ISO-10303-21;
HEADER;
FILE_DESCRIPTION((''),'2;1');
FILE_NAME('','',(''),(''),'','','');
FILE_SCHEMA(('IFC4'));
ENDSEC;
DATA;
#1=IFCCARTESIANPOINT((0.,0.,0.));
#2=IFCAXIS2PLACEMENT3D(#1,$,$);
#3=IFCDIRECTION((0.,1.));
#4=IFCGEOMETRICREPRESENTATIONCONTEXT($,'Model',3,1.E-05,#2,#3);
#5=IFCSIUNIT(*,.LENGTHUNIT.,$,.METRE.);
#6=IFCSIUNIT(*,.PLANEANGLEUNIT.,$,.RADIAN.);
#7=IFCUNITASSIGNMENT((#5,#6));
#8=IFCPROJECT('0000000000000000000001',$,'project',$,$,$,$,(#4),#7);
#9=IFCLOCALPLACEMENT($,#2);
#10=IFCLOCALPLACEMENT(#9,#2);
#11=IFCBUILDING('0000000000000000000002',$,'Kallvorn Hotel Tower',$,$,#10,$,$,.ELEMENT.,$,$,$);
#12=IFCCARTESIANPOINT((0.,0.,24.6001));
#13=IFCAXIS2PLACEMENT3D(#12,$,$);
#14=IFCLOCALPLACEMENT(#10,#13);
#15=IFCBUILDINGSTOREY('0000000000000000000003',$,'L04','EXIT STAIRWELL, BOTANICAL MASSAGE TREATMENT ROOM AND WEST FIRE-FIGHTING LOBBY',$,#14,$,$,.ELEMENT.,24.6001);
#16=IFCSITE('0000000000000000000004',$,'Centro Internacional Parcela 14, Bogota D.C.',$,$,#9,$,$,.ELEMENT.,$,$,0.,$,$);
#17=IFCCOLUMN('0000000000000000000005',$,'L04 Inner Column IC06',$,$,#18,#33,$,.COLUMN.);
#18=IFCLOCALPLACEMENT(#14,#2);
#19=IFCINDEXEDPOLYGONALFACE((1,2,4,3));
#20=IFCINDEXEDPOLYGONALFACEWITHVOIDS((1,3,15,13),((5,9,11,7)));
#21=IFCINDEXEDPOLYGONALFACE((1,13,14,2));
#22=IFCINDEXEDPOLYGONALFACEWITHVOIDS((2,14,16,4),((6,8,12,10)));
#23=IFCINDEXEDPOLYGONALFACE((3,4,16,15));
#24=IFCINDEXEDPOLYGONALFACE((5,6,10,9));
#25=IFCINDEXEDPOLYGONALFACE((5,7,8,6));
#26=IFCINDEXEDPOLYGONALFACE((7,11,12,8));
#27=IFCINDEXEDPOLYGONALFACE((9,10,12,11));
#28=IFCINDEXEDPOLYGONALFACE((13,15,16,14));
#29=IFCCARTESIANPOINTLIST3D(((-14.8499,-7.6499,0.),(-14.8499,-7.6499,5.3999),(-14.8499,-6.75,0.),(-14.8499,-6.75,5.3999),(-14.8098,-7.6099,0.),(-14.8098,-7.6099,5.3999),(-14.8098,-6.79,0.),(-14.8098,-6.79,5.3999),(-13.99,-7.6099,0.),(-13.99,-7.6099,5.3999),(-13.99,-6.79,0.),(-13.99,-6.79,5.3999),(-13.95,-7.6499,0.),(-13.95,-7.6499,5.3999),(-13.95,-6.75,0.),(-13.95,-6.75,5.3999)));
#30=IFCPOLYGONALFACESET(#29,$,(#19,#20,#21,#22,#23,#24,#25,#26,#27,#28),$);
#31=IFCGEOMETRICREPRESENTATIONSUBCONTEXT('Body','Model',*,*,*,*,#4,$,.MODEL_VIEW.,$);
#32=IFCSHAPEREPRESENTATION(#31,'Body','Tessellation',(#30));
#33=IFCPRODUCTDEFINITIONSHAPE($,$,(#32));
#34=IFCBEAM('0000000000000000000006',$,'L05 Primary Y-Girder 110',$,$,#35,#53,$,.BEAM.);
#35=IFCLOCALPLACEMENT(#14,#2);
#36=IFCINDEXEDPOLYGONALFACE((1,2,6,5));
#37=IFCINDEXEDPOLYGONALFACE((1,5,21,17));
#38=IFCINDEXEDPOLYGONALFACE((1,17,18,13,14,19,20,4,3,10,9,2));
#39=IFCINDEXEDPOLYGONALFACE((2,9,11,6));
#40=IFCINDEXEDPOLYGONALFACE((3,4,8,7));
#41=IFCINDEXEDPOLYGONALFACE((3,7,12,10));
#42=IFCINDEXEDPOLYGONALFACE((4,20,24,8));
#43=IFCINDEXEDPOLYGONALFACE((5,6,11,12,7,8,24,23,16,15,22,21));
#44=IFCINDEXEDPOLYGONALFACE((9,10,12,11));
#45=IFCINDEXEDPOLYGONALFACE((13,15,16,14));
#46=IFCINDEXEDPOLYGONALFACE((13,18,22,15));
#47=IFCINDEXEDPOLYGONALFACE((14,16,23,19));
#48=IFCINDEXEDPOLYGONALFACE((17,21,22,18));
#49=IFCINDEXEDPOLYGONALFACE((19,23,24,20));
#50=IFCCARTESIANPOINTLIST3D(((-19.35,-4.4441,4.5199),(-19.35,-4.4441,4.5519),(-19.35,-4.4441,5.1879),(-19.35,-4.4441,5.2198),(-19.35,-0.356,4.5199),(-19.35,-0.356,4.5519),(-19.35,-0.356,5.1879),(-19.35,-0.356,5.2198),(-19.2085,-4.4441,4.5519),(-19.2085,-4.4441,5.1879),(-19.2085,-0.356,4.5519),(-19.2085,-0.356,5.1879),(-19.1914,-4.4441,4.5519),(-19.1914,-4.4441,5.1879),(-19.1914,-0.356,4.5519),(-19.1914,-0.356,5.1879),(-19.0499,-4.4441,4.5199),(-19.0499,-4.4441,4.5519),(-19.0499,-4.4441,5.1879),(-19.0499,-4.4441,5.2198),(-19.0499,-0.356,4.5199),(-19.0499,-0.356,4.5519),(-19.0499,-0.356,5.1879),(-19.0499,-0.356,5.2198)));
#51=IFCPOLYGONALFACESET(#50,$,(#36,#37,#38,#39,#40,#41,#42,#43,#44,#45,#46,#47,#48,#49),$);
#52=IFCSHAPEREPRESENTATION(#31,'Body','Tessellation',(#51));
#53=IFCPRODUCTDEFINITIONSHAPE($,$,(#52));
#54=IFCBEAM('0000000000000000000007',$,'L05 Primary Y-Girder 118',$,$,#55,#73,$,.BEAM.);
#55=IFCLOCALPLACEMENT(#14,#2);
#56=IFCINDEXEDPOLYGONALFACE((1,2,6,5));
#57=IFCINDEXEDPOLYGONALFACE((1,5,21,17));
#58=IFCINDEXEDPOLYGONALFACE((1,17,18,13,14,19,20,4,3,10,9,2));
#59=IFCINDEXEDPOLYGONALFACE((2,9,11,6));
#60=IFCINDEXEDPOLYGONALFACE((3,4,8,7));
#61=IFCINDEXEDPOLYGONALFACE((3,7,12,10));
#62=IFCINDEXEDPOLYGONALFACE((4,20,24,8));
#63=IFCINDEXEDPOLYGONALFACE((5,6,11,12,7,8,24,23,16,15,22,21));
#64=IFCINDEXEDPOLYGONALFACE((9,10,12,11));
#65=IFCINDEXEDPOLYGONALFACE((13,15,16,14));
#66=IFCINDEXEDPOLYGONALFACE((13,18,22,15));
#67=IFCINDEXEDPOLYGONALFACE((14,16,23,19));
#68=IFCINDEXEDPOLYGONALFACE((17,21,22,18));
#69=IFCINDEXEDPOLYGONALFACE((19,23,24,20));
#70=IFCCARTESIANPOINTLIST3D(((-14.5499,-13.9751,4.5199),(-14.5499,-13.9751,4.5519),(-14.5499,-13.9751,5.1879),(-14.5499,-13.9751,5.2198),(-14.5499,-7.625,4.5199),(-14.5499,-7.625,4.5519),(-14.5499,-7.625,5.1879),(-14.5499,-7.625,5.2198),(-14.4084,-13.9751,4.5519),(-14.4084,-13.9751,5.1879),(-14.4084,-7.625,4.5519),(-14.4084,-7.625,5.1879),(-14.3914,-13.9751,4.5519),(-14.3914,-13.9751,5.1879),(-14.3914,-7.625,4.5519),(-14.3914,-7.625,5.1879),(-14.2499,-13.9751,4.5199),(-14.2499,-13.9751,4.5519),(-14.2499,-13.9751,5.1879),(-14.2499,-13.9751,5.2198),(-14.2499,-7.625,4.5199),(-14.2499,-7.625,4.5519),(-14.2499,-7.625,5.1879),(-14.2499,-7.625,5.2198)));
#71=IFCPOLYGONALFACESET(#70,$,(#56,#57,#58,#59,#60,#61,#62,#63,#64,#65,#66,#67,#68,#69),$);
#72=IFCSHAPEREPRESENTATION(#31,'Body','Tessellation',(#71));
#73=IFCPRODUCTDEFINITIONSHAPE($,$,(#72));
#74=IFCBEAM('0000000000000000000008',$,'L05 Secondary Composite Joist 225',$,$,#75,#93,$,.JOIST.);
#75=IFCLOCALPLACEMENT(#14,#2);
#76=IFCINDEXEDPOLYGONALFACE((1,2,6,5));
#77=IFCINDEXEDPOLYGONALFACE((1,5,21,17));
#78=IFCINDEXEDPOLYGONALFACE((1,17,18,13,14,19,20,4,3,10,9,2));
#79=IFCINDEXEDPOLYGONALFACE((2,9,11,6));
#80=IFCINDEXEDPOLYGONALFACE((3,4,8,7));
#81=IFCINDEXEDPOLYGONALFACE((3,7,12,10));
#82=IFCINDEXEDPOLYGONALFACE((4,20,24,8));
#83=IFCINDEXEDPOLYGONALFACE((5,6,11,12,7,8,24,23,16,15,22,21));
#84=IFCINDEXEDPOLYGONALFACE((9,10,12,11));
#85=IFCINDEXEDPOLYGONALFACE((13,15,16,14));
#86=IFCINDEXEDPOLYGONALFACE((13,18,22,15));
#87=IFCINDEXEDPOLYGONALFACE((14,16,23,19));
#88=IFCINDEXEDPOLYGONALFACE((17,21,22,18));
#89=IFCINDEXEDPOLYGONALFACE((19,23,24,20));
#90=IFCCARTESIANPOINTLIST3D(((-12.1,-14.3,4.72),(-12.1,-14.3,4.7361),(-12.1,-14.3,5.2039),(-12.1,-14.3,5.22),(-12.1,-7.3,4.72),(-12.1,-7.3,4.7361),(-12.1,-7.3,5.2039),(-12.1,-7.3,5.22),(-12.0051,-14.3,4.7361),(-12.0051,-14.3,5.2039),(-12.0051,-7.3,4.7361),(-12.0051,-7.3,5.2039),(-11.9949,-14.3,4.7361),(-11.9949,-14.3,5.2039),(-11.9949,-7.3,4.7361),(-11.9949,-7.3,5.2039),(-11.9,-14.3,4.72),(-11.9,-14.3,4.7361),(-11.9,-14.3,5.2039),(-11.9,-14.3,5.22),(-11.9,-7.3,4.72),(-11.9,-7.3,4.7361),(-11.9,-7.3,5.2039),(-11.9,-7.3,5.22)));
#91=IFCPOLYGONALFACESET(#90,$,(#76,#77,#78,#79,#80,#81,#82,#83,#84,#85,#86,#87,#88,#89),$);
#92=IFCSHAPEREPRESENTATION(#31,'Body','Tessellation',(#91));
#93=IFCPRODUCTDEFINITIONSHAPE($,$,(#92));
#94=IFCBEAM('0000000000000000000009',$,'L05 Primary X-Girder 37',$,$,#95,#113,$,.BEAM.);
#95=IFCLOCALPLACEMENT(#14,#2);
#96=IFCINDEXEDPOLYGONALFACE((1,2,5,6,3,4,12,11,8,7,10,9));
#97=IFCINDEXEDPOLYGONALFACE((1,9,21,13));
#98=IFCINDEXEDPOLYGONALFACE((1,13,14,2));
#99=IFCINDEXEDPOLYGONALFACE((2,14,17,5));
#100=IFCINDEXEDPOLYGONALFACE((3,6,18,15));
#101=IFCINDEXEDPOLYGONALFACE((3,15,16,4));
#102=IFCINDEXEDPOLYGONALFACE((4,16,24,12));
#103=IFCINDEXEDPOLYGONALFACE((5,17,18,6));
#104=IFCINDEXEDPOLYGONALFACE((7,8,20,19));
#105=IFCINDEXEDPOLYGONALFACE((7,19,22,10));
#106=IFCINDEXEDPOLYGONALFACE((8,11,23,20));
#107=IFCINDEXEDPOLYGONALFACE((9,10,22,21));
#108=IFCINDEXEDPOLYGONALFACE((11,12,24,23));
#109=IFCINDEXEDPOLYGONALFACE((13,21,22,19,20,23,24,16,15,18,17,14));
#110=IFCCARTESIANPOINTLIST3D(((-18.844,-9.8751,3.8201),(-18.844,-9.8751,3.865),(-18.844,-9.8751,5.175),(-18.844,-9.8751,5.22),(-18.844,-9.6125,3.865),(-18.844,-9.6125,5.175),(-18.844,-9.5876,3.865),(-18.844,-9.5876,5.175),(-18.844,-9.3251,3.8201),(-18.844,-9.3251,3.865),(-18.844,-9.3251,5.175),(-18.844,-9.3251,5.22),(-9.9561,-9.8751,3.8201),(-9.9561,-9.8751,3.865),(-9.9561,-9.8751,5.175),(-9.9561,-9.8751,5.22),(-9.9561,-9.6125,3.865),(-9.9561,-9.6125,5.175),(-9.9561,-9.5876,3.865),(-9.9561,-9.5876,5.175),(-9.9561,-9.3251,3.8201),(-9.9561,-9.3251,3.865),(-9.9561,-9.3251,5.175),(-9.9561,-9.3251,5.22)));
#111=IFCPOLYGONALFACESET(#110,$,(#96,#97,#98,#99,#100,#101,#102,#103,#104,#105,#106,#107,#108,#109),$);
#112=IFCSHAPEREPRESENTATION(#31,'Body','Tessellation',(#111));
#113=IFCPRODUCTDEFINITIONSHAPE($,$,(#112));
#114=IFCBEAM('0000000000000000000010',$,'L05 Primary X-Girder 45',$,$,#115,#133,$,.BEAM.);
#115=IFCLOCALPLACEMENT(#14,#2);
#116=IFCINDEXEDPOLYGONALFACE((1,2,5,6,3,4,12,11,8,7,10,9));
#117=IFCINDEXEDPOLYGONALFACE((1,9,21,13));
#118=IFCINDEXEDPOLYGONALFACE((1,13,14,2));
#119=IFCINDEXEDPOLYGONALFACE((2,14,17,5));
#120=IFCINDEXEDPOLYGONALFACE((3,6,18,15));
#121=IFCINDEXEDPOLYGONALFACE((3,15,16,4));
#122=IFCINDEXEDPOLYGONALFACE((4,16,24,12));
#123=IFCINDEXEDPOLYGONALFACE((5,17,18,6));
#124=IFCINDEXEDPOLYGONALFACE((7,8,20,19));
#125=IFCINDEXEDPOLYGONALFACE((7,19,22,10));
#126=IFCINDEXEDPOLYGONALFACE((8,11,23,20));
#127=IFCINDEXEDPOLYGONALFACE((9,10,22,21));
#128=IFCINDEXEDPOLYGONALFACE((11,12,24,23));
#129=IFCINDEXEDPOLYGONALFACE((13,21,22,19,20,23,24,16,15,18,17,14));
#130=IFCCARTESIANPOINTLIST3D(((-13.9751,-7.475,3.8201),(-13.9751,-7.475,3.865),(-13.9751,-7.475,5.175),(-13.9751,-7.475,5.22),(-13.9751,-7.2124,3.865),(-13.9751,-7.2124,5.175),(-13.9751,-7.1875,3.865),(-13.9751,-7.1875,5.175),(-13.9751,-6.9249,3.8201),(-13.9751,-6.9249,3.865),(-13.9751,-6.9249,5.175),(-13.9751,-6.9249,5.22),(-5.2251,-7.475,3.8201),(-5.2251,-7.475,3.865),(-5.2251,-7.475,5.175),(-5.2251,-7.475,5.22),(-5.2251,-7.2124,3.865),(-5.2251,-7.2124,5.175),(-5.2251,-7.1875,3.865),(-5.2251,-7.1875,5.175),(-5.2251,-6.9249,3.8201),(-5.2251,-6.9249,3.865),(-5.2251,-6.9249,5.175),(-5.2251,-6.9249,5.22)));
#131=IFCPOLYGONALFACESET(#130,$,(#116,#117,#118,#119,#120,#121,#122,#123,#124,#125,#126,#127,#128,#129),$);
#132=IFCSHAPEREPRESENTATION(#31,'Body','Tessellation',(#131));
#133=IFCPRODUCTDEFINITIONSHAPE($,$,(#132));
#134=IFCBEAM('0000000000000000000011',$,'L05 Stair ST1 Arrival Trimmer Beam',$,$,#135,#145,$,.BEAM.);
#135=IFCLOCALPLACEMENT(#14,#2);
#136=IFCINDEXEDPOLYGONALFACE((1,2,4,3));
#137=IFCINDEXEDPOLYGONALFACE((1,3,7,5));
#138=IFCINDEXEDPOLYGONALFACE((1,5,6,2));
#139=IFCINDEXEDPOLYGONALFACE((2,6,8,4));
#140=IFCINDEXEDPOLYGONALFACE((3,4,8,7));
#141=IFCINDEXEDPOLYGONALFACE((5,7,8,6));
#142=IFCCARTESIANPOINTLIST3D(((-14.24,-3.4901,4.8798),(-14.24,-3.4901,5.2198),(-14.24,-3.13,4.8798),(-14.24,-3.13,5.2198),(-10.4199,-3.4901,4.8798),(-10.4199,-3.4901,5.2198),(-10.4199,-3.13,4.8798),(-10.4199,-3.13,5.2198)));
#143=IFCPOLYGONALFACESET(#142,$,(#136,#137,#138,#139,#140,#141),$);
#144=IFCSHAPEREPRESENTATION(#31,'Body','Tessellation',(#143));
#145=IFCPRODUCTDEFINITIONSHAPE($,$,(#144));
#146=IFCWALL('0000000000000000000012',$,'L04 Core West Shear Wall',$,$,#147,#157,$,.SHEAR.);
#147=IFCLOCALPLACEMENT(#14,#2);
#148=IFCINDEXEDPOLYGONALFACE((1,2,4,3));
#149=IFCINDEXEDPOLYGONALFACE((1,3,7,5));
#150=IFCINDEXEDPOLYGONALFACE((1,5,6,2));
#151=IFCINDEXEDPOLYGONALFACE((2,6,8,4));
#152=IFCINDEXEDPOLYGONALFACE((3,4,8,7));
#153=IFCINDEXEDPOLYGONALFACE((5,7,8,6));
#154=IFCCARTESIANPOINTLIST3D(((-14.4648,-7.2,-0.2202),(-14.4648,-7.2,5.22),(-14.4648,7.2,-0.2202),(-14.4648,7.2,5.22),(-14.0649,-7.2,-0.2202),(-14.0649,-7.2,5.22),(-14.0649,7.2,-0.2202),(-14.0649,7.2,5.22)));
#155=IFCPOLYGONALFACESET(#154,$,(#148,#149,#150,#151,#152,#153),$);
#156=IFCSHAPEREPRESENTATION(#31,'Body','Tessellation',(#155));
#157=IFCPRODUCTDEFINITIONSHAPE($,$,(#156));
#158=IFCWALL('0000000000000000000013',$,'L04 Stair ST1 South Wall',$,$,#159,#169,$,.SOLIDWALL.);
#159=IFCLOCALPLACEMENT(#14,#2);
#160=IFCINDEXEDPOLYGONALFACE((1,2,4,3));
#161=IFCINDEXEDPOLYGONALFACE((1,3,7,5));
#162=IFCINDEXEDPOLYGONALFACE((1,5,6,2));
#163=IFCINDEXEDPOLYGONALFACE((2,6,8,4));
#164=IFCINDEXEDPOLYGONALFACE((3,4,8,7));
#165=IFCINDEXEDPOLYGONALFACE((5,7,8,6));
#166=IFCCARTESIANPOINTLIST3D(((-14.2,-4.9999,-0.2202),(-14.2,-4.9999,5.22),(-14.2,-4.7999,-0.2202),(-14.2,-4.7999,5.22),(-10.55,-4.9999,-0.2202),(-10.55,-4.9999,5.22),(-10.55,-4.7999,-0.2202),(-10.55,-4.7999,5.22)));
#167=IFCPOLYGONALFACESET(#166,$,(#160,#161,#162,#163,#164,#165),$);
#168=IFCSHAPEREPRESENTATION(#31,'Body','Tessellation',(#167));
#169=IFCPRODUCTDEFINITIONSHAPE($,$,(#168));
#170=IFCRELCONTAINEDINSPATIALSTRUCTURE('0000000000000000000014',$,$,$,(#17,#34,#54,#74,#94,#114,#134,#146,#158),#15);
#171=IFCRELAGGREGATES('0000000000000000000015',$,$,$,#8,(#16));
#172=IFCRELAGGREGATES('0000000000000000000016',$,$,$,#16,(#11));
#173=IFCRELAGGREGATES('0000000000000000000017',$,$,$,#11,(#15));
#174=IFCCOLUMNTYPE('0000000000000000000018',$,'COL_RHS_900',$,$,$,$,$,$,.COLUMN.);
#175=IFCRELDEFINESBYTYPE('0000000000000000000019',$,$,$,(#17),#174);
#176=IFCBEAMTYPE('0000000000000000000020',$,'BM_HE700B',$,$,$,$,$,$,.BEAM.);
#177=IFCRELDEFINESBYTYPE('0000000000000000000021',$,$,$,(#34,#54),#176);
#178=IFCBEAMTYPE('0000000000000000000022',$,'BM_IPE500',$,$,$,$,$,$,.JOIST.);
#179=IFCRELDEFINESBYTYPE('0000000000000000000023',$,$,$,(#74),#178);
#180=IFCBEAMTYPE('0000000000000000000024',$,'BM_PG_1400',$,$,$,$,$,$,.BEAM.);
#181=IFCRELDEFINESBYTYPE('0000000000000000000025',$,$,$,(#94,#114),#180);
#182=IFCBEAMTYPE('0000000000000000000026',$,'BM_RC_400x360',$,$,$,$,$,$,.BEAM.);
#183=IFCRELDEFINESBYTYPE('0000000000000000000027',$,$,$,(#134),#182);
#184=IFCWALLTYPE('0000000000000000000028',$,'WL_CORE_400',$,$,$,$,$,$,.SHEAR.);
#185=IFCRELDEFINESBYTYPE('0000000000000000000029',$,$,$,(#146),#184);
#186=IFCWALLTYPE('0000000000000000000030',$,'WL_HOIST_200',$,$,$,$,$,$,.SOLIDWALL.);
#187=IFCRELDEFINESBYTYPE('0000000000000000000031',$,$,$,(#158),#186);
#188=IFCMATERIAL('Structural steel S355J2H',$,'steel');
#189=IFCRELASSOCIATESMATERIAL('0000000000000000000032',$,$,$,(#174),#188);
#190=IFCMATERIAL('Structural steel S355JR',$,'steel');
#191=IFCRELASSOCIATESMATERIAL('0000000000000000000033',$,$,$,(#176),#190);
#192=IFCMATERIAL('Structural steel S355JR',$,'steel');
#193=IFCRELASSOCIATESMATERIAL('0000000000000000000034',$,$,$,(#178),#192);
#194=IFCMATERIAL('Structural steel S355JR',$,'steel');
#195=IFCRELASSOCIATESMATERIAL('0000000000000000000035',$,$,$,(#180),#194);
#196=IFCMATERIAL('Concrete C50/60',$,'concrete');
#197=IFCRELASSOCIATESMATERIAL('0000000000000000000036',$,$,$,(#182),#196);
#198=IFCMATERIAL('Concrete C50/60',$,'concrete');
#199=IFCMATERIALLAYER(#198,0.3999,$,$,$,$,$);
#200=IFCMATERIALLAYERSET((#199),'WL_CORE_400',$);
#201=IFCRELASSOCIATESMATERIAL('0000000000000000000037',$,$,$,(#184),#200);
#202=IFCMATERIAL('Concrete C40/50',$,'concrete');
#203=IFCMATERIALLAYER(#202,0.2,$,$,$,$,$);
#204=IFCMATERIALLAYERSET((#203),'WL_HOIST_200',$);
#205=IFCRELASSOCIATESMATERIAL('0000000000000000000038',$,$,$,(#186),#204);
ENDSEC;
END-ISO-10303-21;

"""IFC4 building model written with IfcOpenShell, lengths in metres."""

from ifc_helpers import new_model, si_unit, direction, frame, frame_2d, origin, origin_2d, place, context, subcontext, project, spatial, rectangle, hollow_rectangle, i_section, extrude, material, layer, layer_set, material_profile, profile_set, type_object, element, save


model = new_model("IFC4")

# Units and contexts
model_context = context("Model", 3, precision=1e-05, world=origin(), true_north=direction((0.0, 1.0)))
body_context = subcontext(model_context, "Body", "Model", "MODEL_VIEW")
ifc_project = project(units=[si_unit("LENGTHUNIT", "METRE"), si_unit("PLANEANGLEUNIT", "RADIAN")], contexts=[model_context])

# Site, building, storey
site_placement = place(None, origin())
site = spatial("IfcSite", under=ifc_project, at=site_placement, Name="Centro Internacional Parcela 14, Bogota D.C.", CompositionType="ELEMENT", RefElevation=0.0)
building_placement = place(site_placement, origin())
building = spatial("IfcBuilding", under=site, at=building_placement, Name="Kallvorn Hotel Tower", CompositionType="ELEMENT")
storey_placement = place(building_placement, frame((0.0, 0.0, 24.6001)))
storey = spatial("IfcBuildingStorey", under=building, at=storey_placement, Name="L04", Description="EXIT STAIRWELL, BOTANICAL MASSAGE TREATMENT ROOM AND WEST FIRE-FIGHTING LOBBY", CompositionType="ELEMENT", Elevation=24.6001)

# Column
ifc_material_1 = material(Name="Structural steel S355J2H", Category="steel")
ifc_material_profile_1 = material_profile(ifc_material_1, hollow_rectangle(XDim=0.8999, YDim=0.8999, WallThickness=0.04, at=origin_2d()), Name="RHS 900x900x40")
ifc_profile_set_1 = profile_set([ifc_material_profile_1], Name="Structural steel S355J2H")
column_type = type_object("IfcColumnType", Name="COL_RHS_900", PredefinedType="COLUMN", material=ifc_profile_set_1)
column_placement = place(storey_placement, frame((-14.3999, -7.2, 0.0), z_axis=(0.0, 0.0, 1.0), x_axis=(1.0, 0.0, 0.0)))
element("IfcColumn", 1, at=column_placement, inside=storey, type_object=column_type, Name="L04 Inner Column IC06", PredefinedType="COLUMN", context=body_context, shape_type="SweptSolid", body=[
    extrude(hollow_rectangle(XDim=0.8999, YDim=0.8999, WallThickness=0.04, at=origin_2d()), origin(), (0.0, 0.0, 1.0), 5.3999),
])

# Beams
ifc_material_2 = material(Name="Structural steel S355JR", Category="steel")
ifc_material_profile_2 = material_profile(ifc_material_2, i_section(OverallWidth=0.3, OverallDepth=0.7, WebThickness=0.0171, FlangeThickness=0.032, at=origin_2d()), Name="HE 700 B")
ifc_profile_set_2 = profile_set([ifc_material_profile_2], Name="Structural steel S355JR")
beam_type_1 = type_object("IfcBeamType", Name="BM_HE700B", PredefinedType="BEAM", material=ifc_profile_set_2)
beam_1_placement = place(storey_placement, frame((-19.2, -4.4441, 4.8699), z_axis=(0.0, 1.0, 0.0), x_axis=(-1.0, 0.0, 0.0)))
element("IfcBeam", 2, at=beam_1_placement, inside=storey, type_object=beam_type_1, Name="L05 Primary Y-Girder 110", PredefinedType="BEAM", context=body_context, shape_type="SweptSolid", body=[
    extrude(i_section(OverallWidth=0.3, OverallDepth=0.7, WebThickness=0.0171, FlangeThickness=0.032, at=origin_2d()), origin(), (0.0, 0.0, 1.0), 4.0881),
])
beam_2_placement = place(storey_placement, frame((-14.3999, -13.9751, 4.8699), z_axis=(0.0, 1.0, 0.0), x_axis=(-1.0, 0.0, 0.0)))
element("IfcBeam", 3, at=beam_2_placement, inside=storey, type_object=beam_type_1, Name="L05 Primary Y-Girder 118", PredefinedType="BEAM", context=body_context, shape_type="SweptSolid", body=[
    extrude(i_section(OverallWidth=0.3, OverallDepth=0.7, WebThickness=0.0171, FlangeThickness=0.032, at=origin_2d()), origin(), (0.0, 0.0, 1.0), 6.3501),
])
ifc_material_3 = material(Name="Structural steel S355JR", Category="steel")
ifc_material_profile_3 = material_profile(ifc_material_3, i_section(OverallWidth=0.2, OverallDepth=0.5, WebThickness=0.0103, FlangeThickness=0.0161, at=origin_2d()), Name="IPE 500")
ifc_profile_set_3 = profile_set([ifc_material_profile_3], Name="Structural steel S355JR")
beam_type_2 = type_object("IfcBeamType", Name="BM_IPE500", PredefinedType="JOIST", material=ifc_profile_set_3)
beam_3_placement = place(storey_placement, frame((-12.0, -14.3, 4.97), z_axis=(0.0, 1.0, 0.0), x_axis=(-1.0, 0.0, 0.0)))
element("IfcBeam", 4, at=beam_3_placement, inside=storey, type_object=beam_type_2, Name="L05 Secondary Composite Joist 225", PredefinedType="JOIST", context=body_context, shape_type="SweptSolid", body=[
    extrude(i_section(OverallWidth=0.2, OverallDepth=0.5, WebThickness=0.0103, FlangeThickness=0.0161, at=origin_2d()), origin(), (0.0, 0.0, 1.0), 7.0),
])
ifc_material_4 = material(Name="Structural steel S355JR", Category="steel")
ifc_material_profile_4 = material_profile(ifc_material_4, i_section(OverallWidth=0.55, OverallDepth=1.3999, WebThickness=0.0249, FlangeThickness=0.0449, at=origin_2d()), Name="PG 1400x550x25x45")
ifc_profile_set_4 = profile_set([ifc_material_profile_4], Name="Structural steel S355JR")
beam_type_3 = type_object("IfcBeamType", Name="BM_PG_1400", PredefinedType="BEAM", material=ifc_profile_set_4)
beam_4_placement = place(storey_placement, frame((-18.844, -9.6001, 4.52), z_axis=(1.0, 0.0, 0.0), x_axis=(0.0, 1.0, 0.0)))
element("IfcBeam", 5, at=beam_4_placement, inside=storey, type_object=beam_type_3, Name="L05 Primary X-Girder 37", PredefinedType="BEAM", context=body_context, shape_type="SweptSolid", body=[
    extrude(i_section(OverallWidth=0.55, OverallDepth=1.3999, WebThickness=0.0249, FlangeThickness=0.0449, at=origin_2d()), origin(), (0.0, 0.0, 1.0), 8.8879),
])
beam_5_placement = place(storey_placement, frame((-13.9751, -7.2, 4.52), z_axis=(1.0, 0.0, 0.0), x_axis=(0.0, 1.0, 0.0)))
element("IfcBeam", 6, at=beam_5_placement, inside=storey, type_object=beam_type_3, Name="L05 Primary X-Girder 45", PredefinedType="BEAM", context=body_context, shape_type="SweptSolid", body=[
    extrude(i_section(OverallWidth=0.55, OverallDepth=1.3999, WebThickness=0.0249, FlangeThickness=0.0449, at=origin_2d()), origin(), (0.0, 0.0, 1.0), 8.75),
])
ifc_material_5 = material(Name="Concrete C50/60", Category="concrete")
ifc_material_profile_5 = material_profile(ifc_material_5, rectangle(XDim=0.3601, YDim=0.3401, at=origin_2d()), Name="RC 360x340")
ifc_profile_set_5 = profile_set([ifc_material_profile_5], Name="Concrete C50/60")
beam_type_4 = type_object("IfcBeamType", Name="BM_RC_400x360", PredefinedType="BEAM", material=ifc_profile_set_5)
beam_6_placement = place(storey_placement, frame((-10.4199, -3.3101, 5.0498), z_axis=(-1.0, 0.0, 0.0), x_axis=(0.0, -1.0, 0.0)))
element("IfcBeam", 7, at=beam_6_placement, inside=storey, type_object=beam_type_4, Name="L05 Stair ST1 Arrival Trimmer Beam", PredefinedType="BEAM", context=body_context, shape_type="SweptSolid", body=[
    extrude(rectangle(XDim=0.3601, YDim=0.3401, at=origin_2d()), origin(), (0.0, 0.0, 1.0), 3.8201),
])

# Walls
ifc_material_6 = material(Name="Concrete C50/60", Category="concrete")
ifc_layer_1 = layer(ifc_material_6, 0.3999)
ifc_layer_set_1 = layer_set([ifc_layer_1], Name="WL_CORE_400")
wall_type_1 = type_object("IfcWallType", Name="WL_CORE_400", PredefinedType="SHEAR", material=ifc_layer_set_1)
wall_1_placement = place(storey_placement, frame((-14.2649, -7.2, -0.2202), z_axis=(0.0, 0.0, 1.0), x_axis=(0.0, 1.0, 0.0)))
element("IfcWall", 8, at=wall_1_placement, inside=storey, type_object=wall_type_1, Name="L04 Core West Shear Wall", PredefinedType="SHEAR", context=body_context, shape_type="SweptSolid", body=[
    extrude(rectangle(XDim=14.3999, YDim=0.3999, at=frame_2d((7.2, 0.0))), origin(), (0.0, 0.0, 1.0), 5.4402),
])
ifc_material_7 = material(Name="Concrete C40/50", Category="concrete")
ifc_layer_2 = layer(ifc_material_7, 0.2)
ifc_layer_set_2 = layer_set([ifc_layer_2], Name="WL_HOIST_200")
wall_type_2 = type_object("IfcWallType", Name="WL_HOIST_200", PredefinedType="SOLIDWALL", material=ifc_layer_set_2)
wall_2_placement = place(storey_placement, frame((-14.2, -4.8999, -0.2202), z_axis=(0.0, 0.0, 1.0), x_axis=(1.0, 0.0, 0.0)))
element("IfcWall", 9, at=wall_2_placement, inside=storey, type_object=wall_type_2, Name="L04 Stair ST1 South Wall", PredefinedType="SOLIDWALL", context=body_context, shape_type="SweptSolid", body=[
    extrude(rectangle(XDim=3.6499, YDim=0.2, at=frame_2d((1.825, 0.0))), origin(), (0.0, 0.0, 1.0), 5.4402),
])

save(model, "model.ifc")
